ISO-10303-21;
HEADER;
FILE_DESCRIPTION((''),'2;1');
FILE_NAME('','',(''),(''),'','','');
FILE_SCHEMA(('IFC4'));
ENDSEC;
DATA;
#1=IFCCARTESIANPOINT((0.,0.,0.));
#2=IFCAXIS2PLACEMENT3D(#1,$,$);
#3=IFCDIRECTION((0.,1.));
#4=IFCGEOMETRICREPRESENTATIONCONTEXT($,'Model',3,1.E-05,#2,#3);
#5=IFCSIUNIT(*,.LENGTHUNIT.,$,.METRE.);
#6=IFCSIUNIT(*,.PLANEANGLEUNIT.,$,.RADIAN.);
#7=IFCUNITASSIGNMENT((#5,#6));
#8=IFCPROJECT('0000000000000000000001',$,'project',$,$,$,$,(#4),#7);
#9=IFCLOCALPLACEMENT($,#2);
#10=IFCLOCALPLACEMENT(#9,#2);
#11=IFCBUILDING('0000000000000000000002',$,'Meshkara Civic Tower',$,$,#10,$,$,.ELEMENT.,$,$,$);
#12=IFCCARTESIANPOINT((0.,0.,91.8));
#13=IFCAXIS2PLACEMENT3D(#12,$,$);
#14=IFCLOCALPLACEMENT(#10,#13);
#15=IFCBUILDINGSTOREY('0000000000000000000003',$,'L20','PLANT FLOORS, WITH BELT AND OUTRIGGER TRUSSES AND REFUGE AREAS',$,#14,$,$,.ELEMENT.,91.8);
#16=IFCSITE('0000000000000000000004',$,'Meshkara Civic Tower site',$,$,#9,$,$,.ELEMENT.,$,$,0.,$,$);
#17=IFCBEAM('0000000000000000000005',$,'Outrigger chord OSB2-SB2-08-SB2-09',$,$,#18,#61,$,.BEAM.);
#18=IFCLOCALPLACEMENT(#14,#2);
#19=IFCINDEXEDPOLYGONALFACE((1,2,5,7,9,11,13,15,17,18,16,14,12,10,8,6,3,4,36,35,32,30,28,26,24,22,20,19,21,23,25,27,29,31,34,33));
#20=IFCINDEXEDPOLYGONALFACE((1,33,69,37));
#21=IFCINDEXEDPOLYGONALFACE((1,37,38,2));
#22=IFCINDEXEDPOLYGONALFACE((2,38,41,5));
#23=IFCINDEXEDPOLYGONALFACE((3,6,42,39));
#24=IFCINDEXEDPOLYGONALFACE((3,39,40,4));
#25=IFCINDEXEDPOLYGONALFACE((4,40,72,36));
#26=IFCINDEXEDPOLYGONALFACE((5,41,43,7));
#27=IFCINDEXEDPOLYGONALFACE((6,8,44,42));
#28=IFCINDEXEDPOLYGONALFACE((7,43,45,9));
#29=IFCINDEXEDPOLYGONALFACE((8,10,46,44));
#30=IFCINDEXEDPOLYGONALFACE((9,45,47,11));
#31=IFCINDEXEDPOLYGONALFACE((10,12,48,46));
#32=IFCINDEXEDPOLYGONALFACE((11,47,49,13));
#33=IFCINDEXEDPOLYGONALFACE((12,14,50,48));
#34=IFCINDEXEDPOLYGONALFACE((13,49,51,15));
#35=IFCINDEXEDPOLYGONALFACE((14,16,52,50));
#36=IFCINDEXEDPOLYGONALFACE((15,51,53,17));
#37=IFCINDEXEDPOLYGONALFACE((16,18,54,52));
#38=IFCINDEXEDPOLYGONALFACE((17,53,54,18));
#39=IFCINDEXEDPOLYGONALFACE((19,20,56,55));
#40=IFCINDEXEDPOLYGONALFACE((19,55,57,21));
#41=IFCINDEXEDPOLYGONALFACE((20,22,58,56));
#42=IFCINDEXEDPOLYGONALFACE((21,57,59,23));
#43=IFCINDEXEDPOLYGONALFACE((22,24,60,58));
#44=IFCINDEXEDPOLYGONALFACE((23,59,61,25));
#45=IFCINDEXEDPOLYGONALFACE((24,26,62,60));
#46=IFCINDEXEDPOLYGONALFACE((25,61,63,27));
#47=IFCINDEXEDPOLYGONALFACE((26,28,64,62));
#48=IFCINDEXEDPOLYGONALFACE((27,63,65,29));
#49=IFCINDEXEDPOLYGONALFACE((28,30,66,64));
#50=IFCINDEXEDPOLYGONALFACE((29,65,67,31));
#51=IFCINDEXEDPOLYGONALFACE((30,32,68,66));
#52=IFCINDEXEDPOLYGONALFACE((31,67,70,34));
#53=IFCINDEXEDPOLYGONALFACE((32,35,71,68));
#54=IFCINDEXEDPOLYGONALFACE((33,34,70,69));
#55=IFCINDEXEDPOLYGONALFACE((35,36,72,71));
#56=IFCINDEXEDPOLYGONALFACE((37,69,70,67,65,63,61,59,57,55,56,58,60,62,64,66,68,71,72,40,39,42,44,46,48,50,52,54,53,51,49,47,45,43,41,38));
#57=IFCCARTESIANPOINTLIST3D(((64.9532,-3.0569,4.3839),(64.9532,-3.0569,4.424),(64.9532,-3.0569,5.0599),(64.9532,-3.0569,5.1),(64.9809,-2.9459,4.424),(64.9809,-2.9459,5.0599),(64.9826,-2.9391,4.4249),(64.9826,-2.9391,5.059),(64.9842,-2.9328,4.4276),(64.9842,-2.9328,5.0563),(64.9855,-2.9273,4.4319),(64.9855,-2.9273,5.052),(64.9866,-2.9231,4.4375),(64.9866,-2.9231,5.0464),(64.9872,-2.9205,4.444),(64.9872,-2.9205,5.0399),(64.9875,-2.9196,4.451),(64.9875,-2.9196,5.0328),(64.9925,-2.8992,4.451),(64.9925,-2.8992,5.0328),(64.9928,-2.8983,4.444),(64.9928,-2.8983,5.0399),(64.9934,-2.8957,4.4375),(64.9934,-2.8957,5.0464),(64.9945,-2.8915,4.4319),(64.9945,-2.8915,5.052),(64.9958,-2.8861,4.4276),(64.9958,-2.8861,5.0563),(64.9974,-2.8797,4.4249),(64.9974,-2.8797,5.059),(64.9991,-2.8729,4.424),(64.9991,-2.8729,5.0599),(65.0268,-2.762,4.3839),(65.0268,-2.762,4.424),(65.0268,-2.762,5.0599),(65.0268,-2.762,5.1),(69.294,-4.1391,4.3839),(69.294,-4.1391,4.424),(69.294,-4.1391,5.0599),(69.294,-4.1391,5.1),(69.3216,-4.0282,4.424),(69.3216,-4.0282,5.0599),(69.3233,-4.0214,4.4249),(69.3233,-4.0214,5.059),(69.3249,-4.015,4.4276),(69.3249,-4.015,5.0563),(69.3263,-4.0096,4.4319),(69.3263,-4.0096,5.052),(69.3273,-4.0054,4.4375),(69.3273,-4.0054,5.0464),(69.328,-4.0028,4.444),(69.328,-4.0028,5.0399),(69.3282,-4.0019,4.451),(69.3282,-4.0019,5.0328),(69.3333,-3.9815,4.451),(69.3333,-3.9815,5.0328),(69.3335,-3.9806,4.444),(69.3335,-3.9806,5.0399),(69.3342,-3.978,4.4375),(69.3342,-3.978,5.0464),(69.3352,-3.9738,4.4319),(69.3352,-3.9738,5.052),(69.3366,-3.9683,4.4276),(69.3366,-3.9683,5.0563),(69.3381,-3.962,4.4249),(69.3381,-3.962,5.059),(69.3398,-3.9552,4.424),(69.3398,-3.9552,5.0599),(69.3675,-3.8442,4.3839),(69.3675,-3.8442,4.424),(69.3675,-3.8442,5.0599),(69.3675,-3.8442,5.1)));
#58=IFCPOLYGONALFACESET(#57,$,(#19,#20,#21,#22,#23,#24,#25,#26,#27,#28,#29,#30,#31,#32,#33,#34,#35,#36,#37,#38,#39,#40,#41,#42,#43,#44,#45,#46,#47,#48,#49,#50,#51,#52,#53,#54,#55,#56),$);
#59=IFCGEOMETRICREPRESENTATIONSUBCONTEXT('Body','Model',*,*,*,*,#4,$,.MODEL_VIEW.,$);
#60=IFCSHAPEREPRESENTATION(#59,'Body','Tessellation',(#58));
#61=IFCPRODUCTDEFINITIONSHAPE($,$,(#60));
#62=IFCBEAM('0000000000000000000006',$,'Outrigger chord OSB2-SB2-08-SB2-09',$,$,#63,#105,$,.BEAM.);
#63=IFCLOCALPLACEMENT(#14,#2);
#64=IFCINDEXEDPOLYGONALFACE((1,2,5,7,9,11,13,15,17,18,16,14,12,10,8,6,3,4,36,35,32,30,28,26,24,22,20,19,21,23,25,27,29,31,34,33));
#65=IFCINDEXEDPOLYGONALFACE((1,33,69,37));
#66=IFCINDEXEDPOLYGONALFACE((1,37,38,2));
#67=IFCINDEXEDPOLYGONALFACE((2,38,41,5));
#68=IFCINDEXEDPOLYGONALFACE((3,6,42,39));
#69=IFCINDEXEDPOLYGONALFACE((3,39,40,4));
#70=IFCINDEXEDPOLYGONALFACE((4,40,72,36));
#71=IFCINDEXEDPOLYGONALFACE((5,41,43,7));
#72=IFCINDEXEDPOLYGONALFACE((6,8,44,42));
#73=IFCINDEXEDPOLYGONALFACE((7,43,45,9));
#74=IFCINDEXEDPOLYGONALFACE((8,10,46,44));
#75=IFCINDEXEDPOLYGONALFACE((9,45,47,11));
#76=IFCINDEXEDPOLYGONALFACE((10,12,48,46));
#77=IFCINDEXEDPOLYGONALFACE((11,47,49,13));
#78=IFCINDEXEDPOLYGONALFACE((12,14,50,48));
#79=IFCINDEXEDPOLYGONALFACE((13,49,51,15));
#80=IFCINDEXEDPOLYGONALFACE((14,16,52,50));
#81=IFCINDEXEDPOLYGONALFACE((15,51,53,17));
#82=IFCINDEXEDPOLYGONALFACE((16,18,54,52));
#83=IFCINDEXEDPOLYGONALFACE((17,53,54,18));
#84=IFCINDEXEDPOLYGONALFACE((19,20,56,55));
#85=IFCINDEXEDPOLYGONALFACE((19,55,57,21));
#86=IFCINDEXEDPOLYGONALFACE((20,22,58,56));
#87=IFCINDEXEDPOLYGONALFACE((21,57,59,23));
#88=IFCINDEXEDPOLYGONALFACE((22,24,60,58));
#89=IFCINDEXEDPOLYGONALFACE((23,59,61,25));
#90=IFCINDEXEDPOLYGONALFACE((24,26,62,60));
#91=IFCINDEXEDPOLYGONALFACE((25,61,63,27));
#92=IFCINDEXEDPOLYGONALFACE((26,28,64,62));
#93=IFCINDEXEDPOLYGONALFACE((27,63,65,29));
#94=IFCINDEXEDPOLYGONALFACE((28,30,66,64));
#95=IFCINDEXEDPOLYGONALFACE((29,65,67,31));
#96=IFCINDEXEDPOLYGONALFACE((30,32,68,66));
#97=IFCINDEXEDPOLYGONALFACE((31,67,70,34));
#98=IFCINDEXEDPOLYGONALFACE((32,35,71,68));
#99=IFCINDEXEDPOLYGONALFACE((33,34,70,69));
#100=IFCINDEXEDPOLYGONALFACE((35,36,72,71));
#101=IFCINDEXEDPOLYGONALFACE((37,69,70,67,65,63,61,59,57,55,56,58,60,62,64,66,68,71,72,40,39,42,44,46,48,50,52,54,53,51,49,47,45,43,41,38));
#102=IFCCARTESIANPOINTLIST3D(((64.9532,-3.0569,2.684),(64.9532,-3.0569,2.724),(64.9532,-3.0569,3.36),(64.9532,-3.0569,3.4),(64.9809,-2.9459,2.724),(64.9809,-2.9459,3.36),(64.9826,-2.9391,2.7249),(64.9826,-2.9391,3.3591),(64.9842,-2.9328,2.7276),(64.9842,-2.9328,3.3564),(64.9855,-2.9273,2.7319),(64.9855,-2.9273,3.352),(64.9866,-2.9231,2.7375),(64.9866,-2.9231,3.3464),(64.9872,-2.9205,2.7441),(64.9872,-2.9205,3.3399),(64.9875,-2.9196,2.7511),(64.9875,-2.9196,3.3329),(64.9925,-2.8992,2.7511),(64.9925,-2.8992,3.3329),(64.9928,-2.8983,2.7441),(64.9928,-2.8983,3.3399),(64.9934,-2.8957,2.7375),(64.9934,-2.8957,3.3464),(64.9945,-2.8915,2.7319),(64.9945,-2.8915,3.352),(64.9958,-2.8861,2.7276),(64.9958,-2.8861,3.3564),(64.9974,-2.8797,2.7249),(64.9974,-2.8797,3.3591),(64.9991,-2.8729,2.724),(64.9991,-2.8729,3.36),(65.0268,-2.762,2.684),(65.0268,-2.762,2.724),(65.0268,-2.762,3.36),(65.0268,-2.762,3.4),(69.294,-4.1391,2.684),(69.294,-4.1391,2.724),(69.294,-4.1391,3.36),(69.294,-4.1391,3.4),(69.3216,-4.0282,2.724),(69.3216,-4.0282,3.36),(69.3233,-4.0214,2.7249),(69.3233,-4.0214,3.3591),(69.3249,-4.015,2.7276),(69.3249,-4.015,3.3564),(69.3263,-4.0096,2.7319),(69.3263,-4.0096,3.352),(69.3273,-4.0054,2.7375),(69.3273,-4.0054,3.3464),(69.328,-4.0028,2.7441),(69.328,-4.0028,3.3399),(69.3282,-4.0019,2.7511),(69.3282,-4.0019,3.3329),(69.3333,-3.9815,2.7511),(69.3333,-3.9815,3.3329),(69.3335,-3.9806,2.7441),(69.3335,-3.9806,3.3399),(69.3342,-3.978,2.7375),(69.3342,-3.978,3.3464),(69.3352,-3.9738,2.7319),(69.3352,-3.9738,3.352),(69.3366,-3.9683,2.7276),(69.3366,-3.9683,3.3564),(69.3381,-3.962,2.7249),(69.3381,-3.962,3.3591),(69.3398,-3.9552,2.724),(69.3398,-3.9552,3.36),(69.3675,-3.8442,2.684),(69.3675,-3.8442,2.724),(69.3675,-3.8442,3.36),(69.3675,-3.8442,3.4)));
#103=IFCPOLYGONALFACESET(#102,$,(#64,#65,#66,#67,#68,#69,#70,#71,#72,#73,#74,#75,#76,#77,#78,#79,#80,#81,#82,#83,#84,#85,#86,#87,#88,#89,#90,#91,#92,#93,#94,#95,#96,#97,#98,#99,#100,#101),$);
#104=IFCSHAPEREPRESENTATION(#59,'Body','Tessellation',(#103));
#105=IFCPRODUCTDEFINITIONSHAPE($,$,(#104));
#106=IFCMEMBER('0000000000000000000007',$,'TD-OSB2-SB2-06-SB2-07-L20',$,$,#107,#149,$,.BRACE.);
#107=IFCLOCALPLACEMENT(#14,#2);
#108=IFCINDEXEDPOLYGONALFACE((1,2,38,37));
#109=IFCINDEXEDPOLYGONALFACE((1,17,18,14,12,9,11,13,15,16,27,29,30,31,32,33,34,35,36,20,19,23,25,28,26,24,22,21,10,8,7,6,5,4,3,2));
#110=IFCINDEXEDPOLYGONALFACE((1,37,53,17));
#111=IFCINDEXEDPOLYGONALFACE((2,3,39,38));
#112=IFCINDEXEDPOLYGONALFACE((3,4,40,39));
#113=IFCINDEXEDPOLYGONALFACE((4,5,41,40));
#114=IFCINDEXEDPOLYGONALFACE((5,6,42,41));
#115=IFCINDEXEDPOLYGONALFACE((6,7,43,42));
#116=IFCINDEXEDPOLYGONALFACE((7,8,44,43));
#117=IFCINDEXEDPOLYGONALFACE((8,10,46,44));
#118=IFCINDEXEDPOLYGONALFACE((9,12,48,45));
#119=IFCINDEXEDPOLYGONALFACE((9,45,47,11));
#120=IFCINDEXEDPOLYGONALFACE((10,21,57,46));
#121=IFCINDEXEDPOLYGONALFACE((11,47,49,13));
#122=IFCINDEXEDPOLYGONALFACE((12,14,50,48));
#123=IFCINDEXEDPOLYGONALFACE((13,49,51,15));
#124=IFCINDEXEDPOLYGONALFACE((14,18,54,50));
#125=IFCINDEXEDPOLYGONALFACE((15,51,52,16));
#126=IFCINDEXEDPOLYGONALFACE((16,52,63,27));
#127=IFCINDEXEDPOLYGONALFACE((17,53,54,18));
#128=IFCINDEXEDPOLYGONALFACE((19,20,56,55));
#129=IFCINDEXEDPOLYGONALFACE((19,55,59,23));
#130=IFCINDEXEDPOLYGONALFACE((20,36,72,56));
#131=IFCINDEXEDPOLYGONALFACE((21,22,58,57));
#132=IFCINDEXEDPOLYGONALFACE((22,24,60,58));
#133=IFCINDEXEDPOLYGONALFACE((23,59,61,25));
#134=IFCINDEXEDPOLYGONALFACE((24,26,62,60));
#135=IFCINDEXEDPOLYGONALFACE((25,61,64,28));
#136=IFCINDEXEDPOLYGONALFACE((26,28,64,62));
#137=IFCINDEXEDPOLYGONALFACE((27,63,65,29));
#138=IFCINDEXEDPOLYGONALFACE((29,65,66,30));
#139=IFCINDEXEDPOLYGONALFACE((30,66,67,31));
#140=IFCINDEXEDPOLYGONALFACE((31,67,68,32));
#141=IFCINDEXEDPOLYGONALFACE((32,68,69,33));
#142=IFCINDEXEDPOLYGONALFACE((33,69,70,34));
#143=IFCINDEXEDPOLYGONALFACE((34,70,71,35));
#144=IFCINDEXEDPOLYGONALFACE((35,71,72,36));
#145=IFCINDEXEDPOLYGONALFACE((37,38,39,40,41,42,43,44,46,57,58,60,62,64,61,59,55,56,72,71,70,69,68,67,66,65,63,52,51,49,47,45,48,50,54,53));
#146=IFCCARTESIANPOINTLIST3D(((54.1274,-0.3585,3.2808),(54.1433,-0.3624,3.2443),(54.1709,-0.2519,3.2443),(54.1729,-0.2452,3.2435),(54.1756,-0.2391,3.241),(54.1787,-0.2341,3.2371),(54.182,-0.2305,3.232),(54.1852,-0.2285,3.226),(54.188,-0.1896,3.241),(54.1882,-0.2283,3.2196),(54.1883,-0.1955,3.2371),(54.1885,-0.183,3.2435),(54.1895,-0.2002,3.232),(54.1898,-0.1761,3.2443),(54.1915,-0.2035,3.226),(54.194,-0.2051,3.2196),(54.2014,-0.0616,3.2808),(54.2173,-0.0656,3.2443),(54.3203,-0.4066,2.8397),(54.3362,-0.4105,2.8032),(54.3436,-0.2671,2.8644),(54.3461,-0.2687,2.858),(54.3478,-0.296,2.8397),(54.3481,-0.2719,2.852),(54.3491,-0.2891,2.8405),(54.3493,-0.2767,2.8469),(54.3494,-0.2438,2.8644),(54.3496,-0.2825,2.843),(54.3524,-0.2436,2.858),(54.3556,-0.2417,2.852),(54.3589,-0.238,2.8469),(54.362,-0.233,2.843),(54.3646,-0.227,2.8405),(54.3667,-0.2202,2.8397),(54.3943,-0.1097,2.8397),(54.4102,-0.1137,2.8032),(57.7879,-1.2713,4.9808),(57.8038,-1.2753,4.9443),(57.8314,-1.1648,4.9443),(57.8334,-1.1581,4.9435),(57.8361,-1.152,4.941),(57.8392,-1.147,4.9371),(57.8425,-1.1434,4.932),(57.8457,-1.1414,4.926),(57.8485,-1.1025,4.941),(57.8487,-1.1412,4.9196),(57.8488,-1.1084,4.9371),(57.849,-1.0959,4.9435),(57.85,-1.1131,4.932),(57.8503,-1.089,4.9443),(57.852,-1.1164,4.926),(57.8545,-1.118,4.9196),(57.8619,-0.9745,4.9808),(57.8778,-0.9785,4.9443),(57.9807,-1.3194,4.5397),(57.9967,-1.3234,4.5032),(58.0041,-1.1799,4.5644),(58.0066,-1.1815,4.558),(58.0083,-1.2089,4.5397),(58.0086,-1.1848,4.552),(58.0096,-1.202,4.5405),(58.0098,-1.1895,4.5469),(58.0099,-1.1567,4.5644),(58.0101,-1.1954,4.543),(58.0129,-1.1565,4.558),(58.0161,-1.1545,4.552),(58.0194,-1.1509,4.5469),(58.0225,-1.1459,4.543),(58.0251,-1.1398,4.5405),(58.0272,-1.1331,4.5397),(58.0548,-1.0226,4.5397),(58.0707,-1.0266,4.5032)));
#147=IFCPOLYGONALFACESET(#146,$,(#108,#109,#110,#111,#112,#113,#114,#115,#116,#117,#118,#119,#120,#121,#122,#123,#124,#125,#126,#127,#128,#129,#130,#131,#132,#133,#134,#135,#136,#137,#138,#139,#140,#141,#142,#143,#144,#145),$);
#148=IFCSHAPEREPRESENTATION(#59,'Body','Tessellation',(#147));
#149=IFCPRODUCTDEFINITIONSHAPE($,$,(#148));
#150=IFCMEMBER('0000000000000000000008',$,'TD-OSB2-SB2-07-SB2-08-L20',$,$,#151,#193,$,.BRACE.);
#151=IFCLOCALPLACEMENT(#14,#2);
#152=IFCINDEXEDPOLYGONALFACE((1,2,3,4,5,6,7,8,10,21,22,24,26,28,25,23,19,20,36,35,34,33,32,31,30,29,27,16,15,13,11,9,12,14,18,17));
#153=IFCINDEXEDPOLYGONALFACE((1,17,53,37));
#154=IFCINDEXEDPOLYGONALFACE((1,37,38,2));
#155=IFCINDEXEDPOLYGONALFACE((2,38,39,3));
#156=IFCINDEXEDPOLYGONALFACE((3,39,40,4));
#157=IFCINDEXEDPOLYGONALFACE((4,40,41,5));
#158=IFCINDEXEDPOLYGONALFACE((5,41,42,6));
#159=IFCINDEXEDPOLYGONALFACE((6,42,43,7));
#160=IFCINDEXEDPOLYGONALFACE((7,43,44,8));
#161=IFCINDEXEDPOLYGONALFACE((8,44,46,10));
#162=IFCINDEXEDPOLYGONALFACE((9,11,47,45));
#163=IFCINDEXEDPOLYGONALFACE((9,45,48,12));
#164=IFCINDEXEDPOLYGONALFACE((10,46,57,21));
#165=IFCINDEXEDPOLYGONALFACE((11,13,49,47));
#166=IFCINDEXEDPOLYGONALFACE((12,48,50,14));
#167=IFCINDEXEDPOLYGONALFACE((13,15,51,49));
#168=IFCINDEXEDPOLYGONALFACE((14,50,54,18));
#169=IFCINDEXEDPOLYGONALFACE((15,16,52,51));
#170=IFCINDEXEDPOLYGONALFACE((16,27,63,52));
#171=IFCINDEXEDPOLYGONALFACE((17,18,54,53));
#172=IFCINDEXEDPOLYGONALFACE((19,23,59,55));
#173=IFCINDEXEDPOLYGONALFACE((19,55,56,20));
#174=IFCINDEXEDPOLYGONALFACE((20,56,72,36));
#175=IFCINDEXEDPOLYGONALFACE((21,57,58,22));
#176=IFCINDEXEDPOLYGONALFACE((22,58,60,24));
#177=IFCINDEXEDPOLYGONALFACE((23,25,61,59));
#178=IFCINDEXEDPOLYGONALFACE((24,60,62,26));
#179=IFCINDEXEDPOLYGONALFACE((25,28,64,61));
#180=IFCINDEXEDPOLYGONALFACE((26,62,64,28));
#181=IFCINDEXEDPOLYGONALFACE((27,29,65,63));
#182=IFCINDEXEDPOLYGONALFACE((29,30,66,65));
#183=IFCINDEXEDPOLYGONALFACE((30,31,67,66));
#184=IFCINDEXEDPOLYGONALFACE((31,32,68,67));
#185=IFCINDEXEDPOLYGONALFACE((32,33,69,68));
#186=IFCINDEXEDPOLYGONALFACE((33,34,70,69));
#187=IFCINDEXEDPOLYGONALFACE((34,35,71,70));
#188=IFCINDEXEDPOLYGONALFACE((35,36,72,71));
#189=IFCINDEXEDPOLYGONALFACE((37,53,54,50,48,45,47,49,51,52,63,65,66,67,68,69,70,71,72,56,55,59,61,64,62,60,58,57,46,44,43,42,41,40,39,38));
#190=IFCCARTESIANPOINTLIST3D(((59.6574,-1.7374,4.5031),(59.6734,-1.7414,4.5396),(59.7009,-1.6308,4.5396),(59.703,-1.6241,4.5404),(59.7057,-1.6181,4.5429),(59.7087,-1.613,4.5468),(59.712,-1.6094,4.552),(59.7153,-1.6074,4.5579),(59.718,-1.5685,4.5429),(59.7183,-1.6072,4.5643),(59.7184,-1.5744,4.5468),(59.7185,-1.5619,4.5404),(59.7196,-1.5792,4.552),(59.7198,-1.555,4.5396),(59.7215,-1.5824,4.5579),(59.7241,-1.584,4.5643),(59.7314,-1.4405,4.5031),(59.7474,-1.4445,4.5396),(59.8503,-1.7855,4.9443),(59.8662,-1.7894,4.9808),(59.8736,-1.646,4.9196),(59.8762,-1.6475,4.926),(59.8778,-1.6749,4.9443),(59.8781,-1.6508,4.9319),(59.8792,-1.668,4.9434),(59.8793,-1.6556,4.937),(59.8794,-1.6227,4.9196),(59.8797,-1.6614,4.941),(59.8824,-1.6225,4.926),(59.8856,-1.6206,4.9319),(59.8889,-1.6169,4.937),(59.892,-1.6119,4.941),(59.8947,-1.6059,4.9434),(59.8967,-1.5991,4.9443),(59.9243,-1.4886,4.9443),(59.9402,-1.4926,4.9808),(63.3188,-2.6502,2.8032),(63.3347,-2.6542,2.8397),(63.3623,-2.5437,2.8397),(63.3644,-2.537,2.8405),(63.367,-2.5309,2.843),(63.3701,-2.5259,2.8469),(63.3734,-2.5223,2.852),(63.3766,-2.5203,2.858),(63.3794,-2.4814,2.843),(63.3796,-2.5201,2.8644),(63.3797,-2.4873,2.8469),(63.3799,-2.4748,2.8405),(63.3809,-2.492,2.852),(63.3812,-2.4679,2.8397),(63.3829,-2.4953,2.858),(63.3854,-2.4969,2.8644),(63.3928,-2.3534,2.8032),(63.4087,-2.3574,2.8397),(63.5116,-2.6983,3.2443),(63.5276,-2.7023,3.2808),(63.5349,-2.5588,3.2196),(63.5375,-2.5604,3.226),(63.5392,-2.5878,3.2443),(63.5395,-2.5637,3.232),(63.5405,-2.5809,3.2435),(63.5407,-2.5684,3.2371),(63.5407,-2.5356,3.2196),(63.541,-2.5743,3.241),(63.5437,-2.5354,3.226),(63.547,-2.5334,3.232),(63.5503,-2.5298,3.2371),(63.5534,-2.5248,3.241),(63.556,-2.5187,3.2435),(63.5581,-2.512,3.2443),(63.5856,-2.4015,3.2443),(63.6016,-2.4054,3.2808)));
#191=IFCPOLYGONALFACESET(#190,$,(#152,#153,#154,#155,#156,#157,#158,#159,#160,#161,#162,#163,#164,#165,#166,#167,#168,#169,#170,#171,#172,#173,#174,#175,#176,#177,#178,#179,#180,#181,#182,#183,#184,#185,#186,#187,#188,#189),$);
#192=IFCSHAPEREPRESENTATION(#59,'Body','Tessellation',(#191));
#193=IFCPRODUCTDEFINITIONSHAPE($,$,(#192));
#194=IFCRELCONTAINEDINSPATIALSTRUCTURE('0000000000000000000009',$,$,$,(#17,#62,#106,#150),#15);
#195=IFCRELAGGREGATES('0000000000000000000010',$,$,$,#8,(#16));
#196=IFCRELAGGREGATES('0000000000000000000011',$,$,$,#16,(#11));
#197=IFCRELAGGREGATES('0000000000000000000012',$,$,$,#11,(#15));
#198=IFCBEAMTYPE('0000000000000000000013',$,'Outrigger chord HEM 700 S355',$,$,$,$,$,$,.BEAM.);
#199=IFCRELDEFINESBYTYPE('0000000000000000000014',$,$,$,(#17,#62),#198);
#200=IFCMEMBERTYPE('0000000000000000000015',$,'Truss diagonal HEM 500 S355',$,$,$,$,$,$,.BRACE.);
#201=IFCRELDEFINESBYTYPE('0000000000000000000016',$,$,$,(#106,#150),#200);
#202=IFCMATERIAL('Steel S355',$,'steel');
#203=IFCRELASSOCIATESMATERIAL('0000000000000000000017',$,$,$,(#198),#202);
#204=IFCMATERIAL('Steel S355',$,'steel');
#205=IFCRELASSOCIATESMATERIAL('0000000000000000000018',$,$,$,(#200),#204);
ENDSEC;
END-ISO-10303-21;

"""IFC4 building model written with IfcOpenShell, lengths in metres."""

from ifc_helpers import new_model, si_unit, direction, frame, origin, origin_2d, place, context, subcontext, project, spatial, i_section, extrude, material, material_profile, profile_set, type_object, element, save


model = new_model("IFC4")

# Units and contexts
model_context = context("Model", 3, precision=1e-05, world=origin(), true_north=direction((0.0, 1.0)))
body_context = subcontext(model_context, "Body", "Model", "MODEL_VIEW")
ifc_project = project(units=[si_unit("LENGTHUNIT", "METRE"), si_unit("PLANEANGLEUNIT", "RADIAN")], contexts=[model_context])

# Site, building, storey
site_placement = place(None, origin())
site = spatial("IfcSite", under=ifc_project, at=site_placement, Name="Meshkara Civic Tower site", CompositionType="ELEMENT", RefElevation=0.0)
building_placement = place(site_placement, origin())
building = spatial("IfcBuilding", under=site, at=building_placement, Name="Meshkara Civic Tower", CompositionType="ELEMENT")
storey_placement = place(building_placement, frame((0.0, 0.0, 91.8)))
storey = spatial("IfcBuildingStorey", under=building, at=storey_placement, Name="L20", Description="PLANT FLOORS, WITH BELT AND OUTRIGGER TRUSSES AND REFUGE AREAS", CompositionType="ELEMENT", Elevation=91.8)

# Beams
ifc_material_1 = material(Name="Steel S355", Category="steel")
ifc_material_profile_1 = material_profile(ifc_material_1, i_section(OverallWidth=0.304, OverallDepth=0.7161, WebThickness=0.021, FlangeThickness=0.04, FilletRadius=0.0271, at=origin_2d()))
ifc_profile_set_1 = profile_set([ifc_material_profile_1], Name="Steel S355")
beam_type_1 = type_object("IfcBeamType", Name="Outrigger chord HEM 700 S355", PredefinedType="BEAM", material=ifc_profile_set_1)
for number, where, z_axis, x_axis, name in (
    (1, (64.99, -2.9094, 4.7419), (0.970296, -0.241919, 0.0), (0.241919, 0.970296, 0.0), "Outrigger chord OSB2-SB2-08-SB2-09"),
    (2, (64.99, -2.9094, 3.042), (0.970296, -0.241919, 0.0), (0.241919, 0.970296, 0.0), "Outrigger chord OSB2-SB2-08-SB2-09"),
):
    element("IfcBeam", number, at=place(storey_placement, frame(where, z_axis=z_axis, x_axis=x_axis)), inside=storey, type_object=beam_type_1, Name=name, PredefinedType="BEAM", context=body_context, shape_type="SweptSolid", body=[
        extrude(i_section(OverallWidth=0.304, OverallDepth=0.7161, WebThickness=0.021, FlangeThickness=0.04, FilletRadius=0.0271, at=origin_2d()), origin(), (0.0, 0.0, 1.0), 4.4736),
    ])

# Members
ifc_material_2 = material(Name="Steel S355", Category="steel")
ifc_material_profile_2 = material_profile(ifc_material_2, i_section(OverallWidth=0.3059, OverallDepth=0.5239, WebThickness=0.0239, FlangeThickness=0.04, FilletRadius=0.0271, at=origin_2d()))
ifc_profile_set_2 = profile_set([ifc_material_profile_2], Name="Steel S355")
member_type_1 = type_object("IfcMemberType", Name="Truss diagonal HEM 500 S355", PredefinedType="BRACE", material=ifc_profile_set_2)
member_1_placement = place(storey_placement, frame((54.2688, -0.2361, 3.042), z_axis=(0.884618, -0.220609, 0.410831), x_axis=(0.241972, 0.970283, 0.0)))
element("IfcMember", 3, at=member_1_placement, inside=storey, type_object=member_type_1, Name="TD-OSB2-SB2-06-SB2-07-L20", PredefinedType="BRACE", context=body_context, shape_type="SweptSolid", body=[
    extrude(i_section(OverallWidth=0.3059, OverallDepth=0.5239, WebThickness=0.0239, FlangeThickness=0.04, FilletRadius=0.0271, at=origin_2d()), origin(), (0.0, 0.0, 1.0), 4.1379),
])
for number, where, z_axis, x_axis, name in (
    (4, (59.7988, -1.615, 4.7419), (0.884669, -0.220563, -0.410746), (0.241911, 0.970298, 0.0), "TD-OSB2-SB2-07-SB2-08-L20"),
):
    element("IfcMember", number, at=place(storey_placement, frame(where, z_axis=z_axis, x_axis=x_axis)), inside=storey, type_object=member_type_1, Name=name, PredefinedType="BRACE", context=body_context, shape_type="SweptSolid", body=[
        extrude(i_section(OverallWidth=0.3059, OverallDepth=0.5239, WebThickness=0.0239, FlangeThickness=0.04, FilletRadius=0.0271, at=origin_2d()), origin(), (0.0, 0.0, 1.0), 4.1387),
    ])

save(model, "model.ifc")
